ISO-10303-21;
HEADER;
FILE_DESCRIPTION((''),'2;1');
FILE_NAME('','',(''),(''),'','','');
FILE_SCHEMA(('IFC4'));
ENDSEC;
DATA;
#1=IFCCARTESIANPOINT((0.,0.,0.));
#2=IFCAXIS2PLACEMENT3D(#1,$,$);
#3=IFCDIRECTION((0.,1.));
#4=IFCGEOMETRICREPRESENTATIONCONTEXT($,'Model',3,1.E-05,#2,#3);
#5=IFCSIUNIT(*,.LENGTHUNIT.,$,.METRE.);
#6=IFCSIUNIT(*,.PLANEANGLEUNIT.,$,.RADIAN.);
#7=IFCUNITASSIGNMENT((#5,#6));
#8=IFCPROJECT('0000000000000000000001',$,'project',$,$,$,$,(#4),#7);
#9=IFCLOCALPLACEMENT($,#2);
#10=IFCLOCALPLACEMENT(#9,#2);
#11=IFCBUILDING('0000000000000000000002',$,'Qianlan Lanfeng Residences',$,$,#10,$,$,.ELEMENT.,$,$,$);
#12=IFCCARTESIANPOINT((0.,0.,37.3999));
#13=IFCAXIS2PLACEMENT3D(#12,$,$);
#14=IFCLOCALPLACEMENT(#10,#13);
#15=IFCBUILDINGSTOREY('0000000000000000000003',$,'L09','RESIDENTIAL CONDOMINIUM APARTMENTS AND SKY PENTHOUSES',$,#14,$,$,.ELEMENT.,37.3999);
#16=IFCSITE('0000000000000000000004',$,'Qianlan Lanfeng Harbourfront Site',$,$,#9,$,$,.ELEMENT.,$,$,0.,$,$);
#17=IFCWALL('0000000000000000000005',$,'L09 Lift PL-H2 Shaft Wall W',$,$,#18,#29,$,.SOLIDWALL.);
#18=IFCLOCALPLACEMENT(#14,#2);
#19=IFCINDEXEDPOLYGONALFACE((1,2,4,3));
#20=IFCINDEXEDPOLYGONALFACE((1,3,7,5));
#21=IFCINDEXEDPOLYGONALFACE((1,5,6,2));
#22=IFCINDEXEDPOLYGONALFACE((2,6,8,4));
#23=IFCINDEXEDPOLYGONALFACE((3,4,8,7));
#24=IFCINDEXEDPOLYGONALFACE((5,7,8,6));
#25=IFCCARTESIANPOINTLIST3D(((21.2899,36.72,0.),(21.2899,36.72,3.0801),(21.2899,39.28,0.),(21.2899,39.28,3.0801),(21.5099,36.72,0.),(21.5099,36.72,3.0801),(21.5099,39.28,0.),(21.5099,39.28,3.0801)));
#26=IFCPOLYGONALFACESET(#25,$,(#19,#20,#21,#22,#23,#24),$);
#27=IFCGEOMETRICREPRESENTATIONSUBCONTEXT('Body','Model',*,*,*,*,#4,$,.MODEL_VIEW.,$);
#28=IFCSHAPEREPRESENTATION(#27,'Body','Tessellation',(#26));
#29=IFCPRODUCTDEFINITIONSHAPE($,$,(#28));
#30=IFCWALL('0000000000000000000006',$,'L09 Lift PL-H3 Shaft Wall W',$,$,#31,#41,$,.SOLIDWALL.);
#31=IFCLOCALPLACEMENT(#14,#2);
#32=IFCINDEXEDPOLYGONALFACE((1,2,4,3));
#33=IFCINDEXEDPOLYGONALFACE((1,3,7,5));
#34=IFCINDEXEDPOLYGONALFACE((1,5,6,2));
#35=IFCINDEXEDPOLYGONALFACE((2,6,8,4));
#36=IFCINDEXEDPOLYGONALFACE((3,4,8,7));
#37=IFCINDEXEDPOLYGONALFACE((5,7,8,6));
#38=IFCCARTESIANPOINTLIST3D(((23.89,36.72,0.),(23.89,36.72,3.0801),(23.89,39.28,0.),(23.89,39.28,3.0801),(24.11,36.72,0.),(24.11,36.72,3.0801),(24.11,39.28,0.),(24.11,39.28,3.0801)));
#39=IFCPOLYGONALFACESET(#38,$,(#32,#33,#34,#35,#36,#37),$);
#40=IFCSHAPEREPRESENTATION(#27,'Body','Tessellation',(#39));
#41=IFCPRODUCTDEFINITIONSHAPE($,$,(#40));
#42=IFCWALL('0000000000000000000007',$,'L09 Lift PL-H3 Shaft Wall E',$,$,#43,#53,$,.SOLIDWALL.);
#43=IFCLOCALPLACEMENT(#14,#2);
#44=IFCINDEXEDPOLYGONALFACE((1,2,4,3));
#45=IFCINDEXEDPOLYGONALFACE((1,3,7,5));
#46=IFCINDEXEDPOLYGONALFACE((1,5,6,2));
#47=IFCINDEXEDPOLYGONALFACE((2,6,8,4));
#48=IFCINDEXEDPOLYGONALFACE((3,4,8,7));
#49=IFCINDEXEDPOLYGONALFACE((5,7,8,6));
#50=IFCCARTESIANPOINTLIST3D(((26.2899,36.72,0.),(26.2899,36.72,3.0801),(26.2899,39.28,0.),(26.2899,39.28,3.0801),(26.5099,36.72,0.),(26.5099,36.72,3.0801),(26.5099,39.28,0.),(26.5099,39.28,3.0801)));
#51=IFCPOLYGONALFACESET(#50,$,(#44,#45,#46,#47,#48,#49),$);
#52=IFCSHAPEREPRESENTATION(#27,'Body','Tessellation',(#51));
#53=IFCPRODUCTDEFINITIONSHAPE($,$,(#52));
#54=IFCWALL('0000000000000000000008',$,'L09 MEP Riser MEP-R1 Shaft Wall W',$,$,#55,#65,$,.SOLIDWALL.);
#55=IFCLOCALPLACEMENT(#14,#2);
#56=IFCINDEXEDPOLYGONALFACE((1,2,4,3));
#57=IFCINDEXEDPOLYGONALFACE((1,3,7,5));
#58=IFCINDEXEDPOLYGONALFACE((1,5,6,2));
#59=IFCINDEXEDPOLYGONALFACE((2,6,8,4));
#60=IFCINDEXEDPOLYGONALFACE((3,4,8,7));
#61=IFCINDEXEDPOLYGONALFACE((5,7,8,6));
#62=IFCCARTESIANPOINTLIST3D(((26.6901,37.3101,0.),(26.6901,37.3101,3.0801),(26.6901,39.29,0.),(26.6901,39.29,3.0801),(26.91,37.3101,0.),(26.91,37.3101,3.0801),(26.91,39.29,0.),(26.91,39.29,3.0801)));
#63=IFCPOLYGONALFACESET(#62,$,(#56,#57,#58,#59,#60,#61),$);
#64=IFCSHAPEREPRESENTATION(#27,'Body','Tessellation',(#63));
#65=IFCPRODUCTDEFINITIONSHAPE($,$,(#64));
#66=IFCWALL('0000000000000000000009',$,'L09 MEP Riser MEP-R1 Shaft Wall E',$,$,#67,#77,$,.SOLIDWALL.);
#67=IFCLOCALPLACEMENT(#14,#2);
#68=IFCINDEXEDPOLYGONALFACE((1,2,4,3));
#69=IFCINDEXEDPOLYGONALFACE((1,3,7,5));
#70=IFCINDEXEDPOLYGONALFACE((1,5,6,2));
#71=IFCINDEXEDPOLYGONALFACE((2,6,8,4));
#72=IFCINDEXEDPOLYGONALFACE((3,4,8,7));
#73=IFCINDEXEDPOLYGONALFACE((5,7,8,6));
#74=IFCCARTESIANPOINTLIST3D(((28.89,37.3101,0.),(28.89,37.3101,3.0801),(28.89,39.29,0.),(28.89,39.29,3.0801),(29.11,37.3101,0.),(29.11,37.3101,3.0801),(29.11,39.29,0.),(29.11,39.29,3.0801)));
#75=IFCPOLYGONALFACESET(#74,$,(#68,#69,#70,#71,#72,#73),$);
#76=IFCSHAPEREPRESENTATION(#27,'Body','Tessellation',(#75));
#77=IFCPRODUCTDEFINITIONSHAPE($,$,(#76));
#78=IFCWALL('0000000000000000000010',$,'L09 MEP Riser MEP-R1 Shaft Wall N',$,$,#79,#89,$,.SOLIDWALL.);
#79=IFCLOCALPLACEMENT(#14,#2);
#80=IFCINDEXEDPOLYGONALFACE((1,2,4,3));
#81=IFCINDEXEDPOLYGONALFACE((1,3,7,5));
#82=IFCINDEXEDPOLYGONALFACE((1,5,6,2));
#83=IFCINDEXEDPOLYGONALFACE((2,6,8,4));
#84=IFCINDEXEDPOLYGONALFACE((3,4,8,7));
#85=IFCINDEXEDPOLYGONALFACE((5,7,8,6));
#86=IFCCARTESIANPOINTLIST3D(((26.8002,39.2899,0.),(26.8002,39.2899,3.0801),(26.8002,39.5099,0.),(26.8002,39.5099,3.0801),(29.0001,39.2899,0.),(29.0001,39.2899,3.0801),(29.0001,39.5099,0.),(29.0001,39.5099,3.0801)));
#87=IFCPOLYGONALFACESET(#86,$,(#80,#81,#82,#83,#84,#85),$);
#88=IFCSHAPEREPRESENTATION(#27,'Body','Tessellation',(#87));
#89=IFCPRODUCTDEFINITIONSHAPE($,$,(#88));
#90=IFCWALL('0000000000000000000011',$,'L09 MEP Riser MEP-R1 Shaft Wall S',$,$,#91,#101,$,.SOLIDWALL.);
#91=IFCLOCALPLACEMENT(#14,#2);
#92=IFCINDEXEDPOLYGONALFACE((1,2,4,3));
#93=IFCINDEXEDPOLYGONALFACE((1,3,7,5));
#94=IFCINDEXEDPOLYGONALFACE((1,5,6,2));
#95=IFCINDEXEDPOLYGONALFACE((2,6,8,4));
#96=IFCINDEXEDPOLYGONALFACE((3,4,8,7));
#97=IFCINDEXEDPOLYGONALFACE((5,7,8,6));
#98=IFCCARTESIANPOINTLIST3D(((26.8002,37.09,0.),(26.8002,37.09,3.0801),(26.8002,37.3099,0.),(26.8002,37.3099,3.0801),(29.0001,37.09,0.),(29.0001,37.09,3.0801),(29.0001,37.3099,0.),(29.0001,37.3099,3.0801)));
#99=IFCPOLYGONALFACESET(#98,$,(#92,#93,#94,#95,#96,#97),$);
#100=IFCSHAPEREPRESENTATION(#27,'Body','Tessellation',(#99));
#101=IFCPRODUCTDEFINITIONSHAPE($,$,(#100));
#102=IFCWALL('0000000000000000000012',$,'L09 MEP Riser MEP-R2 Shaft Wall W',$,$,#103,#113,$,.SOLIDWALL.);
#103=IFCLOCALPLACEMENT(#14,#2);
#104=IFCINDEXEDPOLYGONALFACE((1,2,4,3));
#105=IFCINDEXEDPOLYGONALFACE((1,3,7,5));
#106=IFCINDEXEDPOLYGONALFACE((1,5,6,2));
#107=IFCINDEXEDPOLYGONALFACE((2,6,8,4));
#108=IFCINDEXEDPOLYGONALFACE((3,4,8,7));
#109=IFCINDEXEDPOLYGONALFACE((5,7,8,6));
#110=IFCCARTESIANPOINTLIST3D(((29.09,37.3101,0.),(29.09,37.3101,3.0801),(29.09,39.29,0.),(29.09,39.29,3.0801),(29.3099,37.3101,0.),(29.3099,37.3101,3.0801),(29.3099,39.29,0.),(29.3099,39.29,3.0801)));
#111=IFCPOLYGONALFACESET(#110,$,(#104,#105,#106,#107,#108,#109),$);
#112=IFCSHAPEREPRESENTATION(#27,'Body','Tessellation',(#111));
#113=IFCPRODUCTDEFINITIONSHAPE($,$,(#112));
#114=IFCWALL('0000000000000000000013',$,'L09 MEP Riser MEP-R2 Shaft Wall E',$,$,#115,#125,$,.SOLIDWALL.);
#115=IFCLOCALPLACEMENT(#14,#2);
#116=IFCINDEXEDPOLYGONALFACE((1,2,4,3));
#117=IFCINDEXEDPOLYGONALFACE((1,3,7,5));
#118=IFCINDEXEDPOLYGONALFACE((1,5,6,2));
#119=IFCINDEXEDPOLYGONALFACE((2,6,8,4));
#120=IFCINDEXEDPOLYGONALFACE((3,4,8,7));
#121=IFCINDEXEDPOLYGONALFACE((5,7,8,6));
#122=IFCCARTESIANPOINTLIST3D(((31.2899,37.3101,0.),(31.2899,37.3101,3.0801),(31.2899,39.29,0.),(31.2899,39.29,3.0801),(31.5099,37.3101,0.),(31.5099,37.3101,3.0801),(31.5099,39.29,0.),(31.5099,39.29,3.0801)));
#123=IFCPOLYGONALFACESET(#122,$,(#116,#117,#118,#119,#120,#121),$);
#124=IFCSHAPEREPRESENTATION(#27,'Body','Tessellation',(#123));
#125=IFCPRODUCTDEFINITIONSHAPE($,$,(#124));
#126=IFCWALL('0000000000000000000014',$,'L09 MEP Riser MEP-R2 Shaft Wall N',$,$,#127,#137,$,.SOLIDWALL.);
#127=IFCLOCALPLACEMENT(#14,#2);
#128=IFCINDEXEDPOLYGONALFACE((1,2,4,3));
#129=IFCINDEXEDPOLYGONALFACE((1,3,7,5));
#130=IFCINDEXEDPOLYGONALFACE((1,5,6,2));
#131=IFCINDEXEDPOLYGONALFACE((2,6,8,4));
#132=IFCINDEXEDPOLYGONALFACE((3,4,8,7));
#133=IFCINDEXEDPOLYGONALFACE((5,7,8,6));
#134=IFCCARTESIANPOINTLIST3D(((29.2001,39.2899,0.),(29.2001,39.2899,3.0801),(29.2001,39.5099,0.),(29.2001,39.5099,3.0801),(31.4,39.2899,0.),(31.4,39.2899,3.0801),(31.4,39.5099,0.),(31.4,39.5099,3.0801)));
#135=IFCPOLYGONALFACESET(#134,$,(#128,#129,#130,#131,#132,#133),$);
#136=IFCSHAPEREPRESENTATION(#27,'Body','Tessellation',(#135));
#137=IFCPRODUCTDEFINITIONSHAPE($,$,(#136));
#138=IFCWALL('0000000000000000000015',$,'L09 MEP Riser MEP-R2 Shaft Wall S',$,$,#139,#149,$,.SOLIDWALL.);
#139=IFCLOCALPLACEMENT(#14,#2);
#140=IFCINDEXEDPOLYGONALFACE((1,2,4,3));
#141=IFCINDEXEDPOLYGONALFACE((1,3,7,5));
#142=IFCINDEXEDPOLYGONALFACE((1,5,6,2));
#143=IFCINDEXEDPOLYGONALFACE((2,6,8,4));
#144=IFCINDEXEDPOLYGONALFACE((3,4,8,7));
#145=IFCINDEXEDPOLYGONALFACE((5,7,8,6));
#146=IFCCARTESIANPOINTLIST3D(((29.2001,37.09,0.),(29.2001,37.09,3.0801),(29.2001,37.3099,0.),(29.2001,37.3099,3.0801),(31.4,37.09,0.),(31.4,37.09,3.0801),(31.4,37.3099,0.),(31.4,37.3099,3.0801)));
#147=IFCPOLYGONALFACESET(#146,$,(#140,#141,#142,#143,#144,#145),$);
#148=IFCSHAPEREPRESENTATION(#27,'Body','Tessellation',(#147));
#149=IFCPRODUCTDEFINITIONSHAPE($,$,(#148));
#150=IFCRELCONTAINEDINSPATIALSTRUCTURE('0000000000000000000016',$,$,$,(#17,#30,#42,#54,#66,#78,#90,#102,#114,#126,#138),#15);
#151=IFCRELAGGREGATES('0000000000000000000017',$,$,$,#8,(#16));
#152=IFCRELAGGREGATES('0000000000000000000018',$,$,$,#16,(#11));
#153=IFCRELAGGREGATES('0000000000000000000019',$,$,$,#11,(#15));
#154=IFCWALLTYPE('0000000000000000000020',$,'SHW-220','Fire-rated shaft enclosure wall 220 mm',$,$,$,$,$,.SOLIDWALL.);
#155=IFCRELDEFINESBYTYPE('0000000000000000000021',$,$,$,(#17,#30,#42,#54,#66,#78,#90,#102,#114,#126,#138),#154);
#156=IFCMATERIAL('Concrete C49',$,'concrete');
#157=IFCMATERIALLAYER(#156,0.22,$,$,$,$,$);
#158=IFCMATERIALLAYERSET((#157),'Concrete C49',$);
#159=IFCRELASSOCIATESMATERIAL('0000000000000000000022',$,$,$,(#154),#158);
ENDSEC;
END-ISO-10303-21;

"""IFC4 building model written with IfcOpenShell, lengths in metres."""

from ifc_helpers import new_model, si_unit, direction, frame, frame_2d, origin, place, context, subcontext, project, spatial, rectangle, extrude, material, layer, layer_set, type_object, element, save


model = new_model("IFC4")

# Units and contexts
model_context = context("Model", 3, precision=1e-05, world=origin(), true_north=direction((0.0, 1.0)))
body_context = subcontext(model_context, "Body", "Model", "MODEL_VIEW")
ifc_project = project(units=[si_unit("LENGTHUNIT", "METRE"), si_unit("PLANEANGLEUNIT", "RADIAN")], contexts=[model_context])

# Site, building, storey
site_placement = place(None, origin())
site = spatial("IfcSite", under=ifc_project, at=site_placement, Name="Qianlan Lanfeng Harbourfront Site", CompositionType="ELEMENT", RefElevation=0.0)
building_placement = place(site_placement, origin())
building = spatial("IfcBuilding", under=site, at=building_placement, Name="Qianlan Lanfeng Residences", CompositionType="ELEMENT")
storey_placement = place(building_placement, frame((0.0, 0.0, 37.3999)))
storey = spatial("IfcBuildingStorey", under=building, at=storey_placement, Name="L09", Description="RESIDENTIAL CONDOMINIUM APARTMENTS AND SKY PENTHOUSES", CompositionType="ELEMENT", Elevation=37.3999)

# Walls
ifc_material_1 = material(Name="Concrete C49", Category="concrete")
ifc_layer_1 = layer(ifc_material_1, 0.22)
ifc_layer_set_1 = layer_set([ifc_layer_1], Name="Concrete C49")
wall_type_1 = type_object("IfcWallType", Name="SHW-220", Description="Fire-rated shaft enclosure wall 220 mm", PredefinedType="SOLIDWALL", material=ifc_layer_set_1)
for number, where, z_axis, x_axis, name in (
    (1, (21.3999, 36.72, 0.0), (0.0, 0.0, 1.0), (0.0, 1.0, 0.0), "L09 Lift PL-H2 Shaft Wall W"),
    (2, (24.0, 36.72, 0.0), (0.0, 0.0, 1.0), (0.0, 1.0, 0.0), "L09 Lift PL-H3 Shaft Wall W"),
    (3, (26.3999, 36.72, 0.0), (0.0, 0.0, 1.0), (0.0, 1.0, 0.0), "L09 Lift PL-H3 Shaft Wall E"),
):
    element("IfcWall", number, at=place(storey_placement, frame(where, z_axis=z_axis, x_axis=x_axis)), inside=storey, type_object=wall_type_1, Name=name, PredefinedType="SOLIDWALL", context=body_context, shape_type="SweptSolid", body=[
        extrude(rectangle(XDim=2.5601, YDim=0.22, at=frame_2d((1.28, 0.0))), origin(), (0.0, 0.0, 1.0), 3.0801),
    ])
for number, where, z_axis, x_axis, name in (
    (4, (26.8, 37.3101, 0.0), (0.0, 0.0, 1.0), (0.0, 1.0, 0.0), "L09 MEP Riser MEP-R1 Shaft Wall W"),
    (5, (29.0, 37.3101, 0.0), (0.0, 0.0, 1.0), (0.0, 1.0, 0.0), "L09 MEP Riser MEP-R1 Shaft Wall E"),
):
    element("IfcWall", number, at=place(storey_placement, frame(where, z_axis=z_axis, x_axis=x_axis)), inside=storey, type_object=wall_type_1, Name=name, PredefinedType="SOLIDWALL", context=body_context, shape_type="SweptSolid", body=[
        extrude(rectangle(XDim=1.98, YDim=0.22, at=frame_2d((0.99, 0.0))), origin(), (0.0, 0.0, 1.0), 3.0801),
    ])
for number, where, z_axis, x_axis, name in (
    (6, (26.8, 39.3999, 0.0), (0.0, 0.0, 1.0), (1.0, 0.0, 0.0), "L09 MEP Riser MEP-R1 Shaft Wall N"),
    (7, (26.8, 37.2, 0.0), (0.0, 0.0, 1.0), (1.0, 0.0, 0.0), "L09 MEP Riser MEP-R1 Shaft Wall S"),
):
    element("IfcWall", number, at=place(storey_placement, frame(where, z_axis=z_axis, x_axis=x_axis)), inside=storey, type_object=wall_type_1, Name=name, PredefinedType="SOLIDWALL", context=body_context, shape_type="SweptSolid", body=[
        extrude(rectangle(XDim=2.2, YDim=0.22, at=frame_2d((1.1001, 0.0))), origin(), (0.0, 0.0, 1.0), 3.0801),
    ])
for number, where, z_axis, x_axis, name in (
    (8, (29.2, 37.3101, 0.0), (0.0, 0.0, 1.0), (0.0, 1.0, 0.0), "L09 MEP Riser MEP-R2 Shaft Wall W"),
    (9, (31.3999, 37.3101, 0.0), (0.0, 0.0, 1.0), (0.0, 1.0, 0.0), "L09 MEP Riser MEP-R2 Shaft Wall E"),
):
    element("IfcWall", number, at=place(storey_placement, frame(where, z_axis=z_axis, x_axis=x_axis)), inside=storey, type_object=wall_type_1, Name=name, PredefinedType="SOLIDWALL", context=body_context, shape_type="SweptSolid", body=[
        extrude(rectangle(XDim=1.98, YDim=0.22, at=frame_2d((0.99, 0.0))), origin(), (0.0, 0.0, 1.0), 3.0801),
    ])
for number, where, z_axis, x_axis, name in (
    (10, (29.2, 39.3999, 0.0), (0.0, 0.0, 1.0), (1.0, 0.0, 0.0), "L09 MEP Riser MEP-R2 Shaft Wall N"),
    (11, (29.2, 37.2, 0.0), (0.0, 0.0, 1.0), (1.0, 0.0, 0.0), "L09 MEP Riser MEP-R2 Shaft Wall S"),
):
    element("IfcWall", number, at=place(storey_placement, frame(where, z_axis=z_axis, x_axis=x_axis)), inside=storey, type_object=wall_type_1, Name=name, PredefinedType="SOLIDWALL", context=body_context, shape_type="SweptSolid", body=[
        extrude(rectangle(XDim=2.2, YDim=0.22, at=frame_2d((1.1001, 0.0))), origin(), (0.0, 0.0, 1.0), 3.0801),
    ])

save(model, "model.ifc")
